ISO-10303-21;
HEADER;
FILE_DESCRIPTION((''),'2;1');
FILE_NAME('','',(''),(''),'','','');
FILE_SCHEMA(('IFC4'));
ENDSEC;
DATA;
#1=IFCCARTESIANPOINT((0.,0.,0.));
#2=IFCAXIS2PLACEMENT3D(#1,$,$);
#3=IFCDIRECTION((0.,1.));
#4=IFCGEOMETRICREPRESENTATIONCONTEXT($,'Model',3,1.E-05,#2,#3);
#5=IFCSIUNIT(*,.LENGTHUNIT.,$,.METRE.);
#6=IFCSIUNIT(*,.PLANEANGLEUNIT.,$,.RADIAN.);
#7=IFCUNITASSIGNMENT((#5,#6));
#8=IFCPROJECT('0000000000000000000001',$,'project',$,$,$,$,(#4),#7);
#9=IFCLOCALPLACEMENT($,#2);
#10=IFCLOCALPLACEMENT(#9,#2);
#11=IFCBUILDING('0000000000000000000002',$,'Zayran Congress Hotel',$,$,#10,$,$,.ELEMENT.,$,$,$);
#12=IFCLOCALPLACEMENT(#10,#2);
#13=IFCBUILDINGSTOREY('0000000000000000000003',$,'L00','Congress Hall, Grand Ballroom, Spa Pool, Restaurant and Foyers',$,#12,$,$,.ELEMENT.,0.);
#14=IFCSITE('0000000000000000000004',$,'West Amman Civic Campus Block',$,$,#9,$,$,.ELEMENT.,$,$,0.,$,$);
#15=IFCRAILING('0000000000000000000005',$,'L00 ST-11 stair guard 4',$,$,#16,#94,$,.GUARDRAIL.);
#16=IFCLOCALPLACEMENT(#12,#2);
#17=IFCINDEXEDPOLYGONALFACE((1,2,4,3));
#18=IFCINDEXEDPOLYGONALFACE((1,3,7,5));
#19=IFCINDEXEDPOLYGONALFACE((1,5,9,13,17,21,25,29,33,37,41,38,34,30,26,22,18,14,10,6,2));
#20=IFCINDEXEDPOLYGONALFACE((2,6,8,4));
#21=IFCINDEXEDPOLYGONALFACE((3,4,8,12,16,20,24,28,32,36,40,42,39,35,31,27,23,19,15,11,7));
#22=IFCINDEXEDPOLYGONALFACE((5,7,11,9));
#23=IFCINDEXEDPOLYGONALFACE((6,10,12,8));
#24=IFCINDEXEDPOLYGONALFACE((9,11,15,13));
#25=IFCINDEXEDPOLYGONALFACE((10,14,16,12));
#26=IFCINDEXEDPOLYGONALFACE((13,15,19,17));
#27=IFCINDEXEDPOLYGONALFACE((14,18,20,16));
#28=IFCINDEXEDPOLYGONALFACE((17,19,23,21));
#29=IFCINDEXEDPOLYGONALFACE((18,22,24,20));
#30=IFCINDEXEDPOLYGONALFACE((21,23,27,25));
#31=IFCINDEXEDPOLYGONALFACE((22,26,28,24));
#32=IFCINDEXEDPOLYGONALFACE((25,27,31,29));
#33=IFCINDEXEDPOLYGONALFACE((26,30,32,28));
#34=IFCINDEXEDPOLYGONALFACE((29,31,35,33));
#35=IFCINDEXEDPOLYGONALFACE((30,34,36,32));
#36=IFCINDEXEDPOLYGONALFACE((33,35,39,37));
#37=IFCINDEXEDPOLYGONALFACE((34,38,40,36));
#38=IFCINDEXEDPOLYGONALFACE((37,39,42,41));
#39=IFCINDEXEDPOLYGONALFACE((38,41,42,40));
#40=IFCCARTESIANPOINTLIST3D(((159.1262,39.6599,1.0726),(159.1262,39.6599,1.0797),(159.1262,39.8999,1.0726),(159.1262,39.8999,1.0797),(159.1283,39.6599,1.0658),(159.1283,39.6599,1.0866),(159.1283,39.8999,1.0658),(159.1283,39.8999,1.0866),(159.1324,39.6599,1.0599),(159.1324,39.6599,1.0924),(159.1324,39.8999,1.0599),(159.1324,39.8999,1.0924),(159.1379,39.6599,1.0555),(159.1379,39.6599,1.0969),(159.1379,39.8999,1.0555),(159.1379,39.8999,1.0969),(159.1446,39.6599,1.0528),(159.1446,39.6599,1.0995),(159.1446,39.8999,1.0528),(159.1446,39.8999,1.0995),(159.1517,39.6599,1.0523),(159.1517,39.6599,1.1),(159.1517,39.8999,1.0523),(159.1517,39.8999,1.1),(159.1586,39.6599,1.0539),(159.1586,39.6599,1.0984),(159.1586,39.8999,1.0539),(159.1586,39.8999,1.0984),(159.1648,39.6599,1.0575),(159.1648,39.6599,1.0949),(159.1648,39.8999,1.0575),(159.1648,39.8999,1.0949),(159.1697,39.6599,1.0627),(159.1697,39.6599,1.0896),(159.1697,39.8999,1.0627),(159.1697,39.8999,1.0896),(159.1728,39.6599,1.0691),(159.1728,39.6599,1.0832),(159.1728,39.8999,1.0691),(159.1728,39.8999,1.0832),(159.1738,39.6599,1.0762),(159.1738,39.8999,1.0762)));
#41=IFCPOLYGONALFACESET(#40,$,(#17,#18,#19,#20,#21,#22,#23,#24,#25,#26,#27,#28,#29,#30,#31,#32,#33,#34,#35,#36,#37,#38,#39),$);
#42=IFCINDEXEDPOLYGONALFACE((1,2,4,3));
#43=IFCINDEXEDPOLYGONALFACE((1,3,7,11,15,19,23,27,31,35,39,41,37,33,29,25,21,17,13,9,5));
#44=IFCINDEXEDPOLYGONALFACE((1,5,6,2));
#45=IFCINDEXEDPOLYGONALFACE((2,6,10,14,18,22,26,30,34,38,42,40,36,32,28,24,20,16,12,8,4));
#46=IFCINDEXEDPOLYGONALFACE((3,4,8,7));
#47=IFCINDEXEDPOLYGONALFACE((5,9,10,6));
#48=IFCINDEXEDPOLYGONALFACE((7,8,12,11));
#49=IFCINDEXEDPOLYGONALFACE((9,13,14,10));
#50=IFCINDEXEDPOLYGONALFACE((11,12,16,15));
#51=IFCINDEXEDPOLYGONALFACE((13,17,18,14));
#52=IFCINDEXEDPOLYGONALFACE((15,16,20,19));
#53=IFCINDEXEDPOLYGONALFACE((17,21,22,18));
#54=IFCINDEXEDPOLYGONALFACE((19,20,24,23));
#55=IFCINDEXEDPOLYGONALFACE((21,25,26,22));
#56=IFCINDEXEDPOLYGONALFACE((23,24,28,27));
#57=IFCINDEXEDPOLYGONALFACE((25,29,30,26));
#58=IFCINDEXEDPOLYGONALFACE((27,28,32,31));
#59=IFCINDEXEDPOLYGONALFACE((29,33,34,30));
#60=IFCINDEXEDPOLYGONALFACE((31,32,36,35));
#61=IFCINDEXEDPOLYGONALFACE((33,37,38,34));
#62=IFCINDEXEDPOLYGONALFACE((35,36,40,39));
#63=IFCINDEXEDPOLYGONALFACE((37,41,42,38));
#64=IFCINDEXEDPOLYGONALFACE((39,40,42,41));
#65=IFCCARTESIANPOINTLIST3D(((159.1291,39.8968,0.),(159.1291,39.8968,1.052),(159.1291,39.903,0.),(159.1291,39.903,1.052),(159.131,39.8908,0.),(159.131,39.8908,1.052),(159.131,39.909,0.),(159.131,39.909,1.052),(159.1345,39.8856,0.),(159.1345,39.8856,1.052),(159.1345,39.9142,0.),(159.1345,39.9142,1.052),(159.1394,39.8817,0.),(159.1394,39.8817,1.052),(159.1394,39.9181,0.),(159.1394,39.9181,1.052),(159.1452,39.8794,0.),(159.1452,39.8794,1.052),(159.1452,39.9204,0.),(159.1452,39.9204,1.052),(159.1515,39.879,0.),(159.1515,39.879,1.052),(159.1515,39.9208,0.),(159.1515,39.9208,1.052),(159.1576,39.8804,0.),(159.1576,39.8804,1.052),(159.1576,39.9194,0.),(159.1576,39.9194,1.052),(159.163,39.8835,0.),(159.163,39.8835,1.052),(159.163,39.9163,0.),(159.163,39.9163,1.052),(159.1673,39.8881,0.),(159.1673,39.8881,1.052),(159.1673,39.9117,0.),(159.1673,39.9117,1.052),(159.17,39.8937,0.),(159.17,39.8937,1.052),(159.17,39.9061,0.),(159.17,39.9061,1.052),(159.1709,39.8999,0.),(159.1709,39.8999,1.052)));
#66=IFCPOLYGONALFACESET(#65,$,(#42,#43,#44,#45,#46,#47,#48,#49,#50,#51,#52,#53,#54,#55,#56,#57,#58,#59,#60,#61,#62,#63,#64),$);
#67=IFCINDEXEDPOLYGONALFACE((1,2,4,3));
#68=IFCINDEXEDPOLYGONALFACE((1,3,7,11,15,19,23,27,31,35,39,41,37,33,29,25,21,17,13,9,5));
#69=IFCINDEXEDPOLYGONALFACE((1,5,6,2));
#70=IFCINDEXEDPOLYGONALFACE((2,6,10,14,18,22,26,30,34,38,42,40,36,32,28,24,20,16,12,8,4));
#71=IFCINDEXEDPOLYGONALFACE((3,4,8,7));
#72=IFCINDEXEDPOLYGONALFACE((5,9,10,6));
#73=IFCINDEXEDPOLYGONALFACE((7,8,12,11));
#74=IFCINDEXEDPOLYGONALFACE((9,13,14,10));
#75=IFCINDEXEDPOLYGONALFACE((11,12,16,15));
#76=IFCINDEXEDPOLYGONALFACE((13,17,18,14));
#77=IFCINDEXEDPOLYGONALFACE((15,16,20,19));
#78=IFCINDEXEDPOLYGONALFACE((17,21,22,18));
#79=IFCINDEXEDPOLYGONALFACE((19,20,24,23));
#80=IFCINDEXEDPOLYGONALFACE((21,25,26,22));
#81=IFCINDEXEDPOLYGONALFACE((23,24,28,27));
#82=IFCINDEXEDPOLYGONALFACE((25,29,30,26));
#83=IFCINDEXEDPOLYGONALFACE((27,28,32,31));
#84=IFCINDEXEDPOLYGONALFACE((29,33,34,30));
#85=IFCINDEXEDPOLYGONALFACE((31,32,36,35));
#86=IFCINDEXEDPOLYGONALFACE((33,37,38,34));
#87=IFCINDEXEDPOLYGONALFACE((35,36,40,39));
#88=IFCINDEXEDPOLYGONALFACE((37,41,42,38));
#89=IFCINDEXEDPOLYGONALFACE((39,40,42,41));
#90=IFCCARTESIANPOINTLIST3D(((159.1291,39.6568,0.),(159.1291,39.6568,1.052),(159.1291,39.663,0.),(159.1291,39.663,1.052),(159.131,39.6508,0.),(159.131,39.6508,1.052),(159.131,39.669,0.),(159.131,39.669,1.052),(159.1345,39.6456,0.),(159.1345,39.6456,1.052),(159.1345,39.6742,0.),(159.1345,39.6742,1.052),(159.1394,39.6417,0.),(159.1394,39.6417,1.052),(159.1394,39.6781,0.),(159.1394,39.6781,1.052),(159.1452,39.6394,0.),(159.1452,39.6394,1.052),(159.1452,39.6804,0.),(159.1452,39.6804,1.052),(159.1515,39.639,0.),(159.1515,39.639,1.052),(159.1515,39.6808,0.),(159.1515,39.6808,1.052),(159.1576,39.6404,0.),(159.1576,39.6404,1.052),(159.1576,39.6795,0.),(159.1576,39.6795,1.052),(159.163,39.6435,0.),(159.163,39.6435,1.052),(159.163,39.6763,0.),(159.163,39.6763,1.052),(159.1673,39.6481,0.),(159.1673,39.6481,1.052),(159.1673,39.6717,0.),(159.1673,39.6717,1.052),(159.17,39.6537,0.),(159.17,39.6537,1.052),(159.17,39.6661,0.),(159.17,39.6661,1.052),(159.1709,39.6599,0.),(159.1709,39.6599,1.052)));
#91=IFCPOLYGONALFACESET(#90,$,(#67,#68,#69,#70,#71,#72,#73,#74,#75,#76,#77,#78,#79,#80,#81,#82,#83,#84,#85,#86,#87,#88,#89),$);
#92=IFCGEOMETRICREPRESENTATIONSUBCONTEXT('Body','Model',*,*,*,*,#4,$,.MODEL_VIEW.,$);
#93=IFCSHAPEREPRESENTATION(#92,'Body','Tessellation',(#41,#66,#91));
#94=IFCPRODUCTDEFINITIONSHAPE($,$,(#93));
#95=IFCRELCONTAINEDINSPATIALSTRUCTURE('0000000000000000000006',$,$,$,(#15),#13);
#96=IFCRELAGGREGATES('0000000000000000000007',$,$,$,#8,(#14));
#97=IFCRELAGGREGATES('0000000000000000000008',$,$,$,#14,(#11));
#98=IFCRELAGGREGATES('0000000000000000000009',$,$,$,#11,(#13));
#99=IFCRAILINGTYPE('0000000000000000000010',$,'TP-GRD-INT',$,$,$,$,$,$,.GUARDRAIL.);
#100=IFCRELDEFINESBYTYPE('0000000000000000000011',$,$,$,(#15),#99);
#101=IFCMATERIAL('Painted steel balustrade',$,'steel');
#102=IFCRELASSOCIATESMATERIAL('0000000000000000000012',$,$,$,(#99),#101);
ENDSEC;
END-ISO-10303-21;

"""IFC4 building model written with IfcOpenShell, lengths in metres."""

from ifc_helpers import new_model, si_unit, direction, frame, origin, origin_2d, place, context, subcontext, project, spatial, circle, extrude, material, type_object, element, save


model = new_model("IFC4")

# Units and contexts
model_context = context("Model", 3, precision=1e-05, world=origin(), true_north=direction((0.0, 1.0)))
body_context = subcontext(model_context, "Body", "Model", "MODEL_VIEW")
ifc_project = project(units=[si_unit("LENGTHUNIT", "METRE"), si_unit("PLANEANGLEUNIT", "RADIAN")], contexts=[model_context])

# Site, building, storey
site_placement = place(None, origin())
site = spatial("IfcSite", under=ifc_project, at=site_placement, Name="West Amman Civic Campus Block", CompositionType="ELEMENT", RefElevation=0.0)
building_placement = place(site_placement, origin())
building = spatial("IfcBuilding", under=site, at=building_placement, Name="Zayran Congress Hotel", CompositionType="ELEMENT")
storey_placement = place(building_placement, origin())
storey = spatial("IfcBuildingStorey", under=building, at=storey_placement, Name="L00", Description="Congress Hall, Grand Ballroom, Spa Pool, Restaurant and Foyers", CompositionType="ELEMENT", Elevation=0.0)

# Railing
ifc_material_1 = material(Name="Painted steel balustrade", Category="steel")
railing_type_1 = type_object("IfcRailingType", Name="TP-GRD-INT", PredefinedType="GUARDRAIL", material=ifc_material_1)
railing_1_placement = place(storey_placement, frame((159.1499, 39.8999, 0.0)))
element("IfcRailing", 1, at=railing_1_placement, inside=storey, type_object=railing_type_1, Name="L00 ST-11 stair guard 4", PredefinedType="GUARDRAIL", context=body_context, shape_type="SweptSolid", body=[
    extrude(circle(Radius=0.0239, at=origin_2d()), frame((0.0, 0.0, 1.0762), z_axis=(0.0, -1.0, 0.0), x_axis=(1.0, 0.0, 0.0)), (0.0, 0.0, 1.0), 0.24),
    extrude(circle(Radius=0.021, at=origin_2d()), origin(), (0.0, 0.0, 1.0), 1.052),
    extrude(circle(Radius=0.021, at=origin_2d()), frame((0.0, -0.24, 0.0)), (0.0, 0.0, 1.0), 1.052),
])

save(model, "model.ifc")
